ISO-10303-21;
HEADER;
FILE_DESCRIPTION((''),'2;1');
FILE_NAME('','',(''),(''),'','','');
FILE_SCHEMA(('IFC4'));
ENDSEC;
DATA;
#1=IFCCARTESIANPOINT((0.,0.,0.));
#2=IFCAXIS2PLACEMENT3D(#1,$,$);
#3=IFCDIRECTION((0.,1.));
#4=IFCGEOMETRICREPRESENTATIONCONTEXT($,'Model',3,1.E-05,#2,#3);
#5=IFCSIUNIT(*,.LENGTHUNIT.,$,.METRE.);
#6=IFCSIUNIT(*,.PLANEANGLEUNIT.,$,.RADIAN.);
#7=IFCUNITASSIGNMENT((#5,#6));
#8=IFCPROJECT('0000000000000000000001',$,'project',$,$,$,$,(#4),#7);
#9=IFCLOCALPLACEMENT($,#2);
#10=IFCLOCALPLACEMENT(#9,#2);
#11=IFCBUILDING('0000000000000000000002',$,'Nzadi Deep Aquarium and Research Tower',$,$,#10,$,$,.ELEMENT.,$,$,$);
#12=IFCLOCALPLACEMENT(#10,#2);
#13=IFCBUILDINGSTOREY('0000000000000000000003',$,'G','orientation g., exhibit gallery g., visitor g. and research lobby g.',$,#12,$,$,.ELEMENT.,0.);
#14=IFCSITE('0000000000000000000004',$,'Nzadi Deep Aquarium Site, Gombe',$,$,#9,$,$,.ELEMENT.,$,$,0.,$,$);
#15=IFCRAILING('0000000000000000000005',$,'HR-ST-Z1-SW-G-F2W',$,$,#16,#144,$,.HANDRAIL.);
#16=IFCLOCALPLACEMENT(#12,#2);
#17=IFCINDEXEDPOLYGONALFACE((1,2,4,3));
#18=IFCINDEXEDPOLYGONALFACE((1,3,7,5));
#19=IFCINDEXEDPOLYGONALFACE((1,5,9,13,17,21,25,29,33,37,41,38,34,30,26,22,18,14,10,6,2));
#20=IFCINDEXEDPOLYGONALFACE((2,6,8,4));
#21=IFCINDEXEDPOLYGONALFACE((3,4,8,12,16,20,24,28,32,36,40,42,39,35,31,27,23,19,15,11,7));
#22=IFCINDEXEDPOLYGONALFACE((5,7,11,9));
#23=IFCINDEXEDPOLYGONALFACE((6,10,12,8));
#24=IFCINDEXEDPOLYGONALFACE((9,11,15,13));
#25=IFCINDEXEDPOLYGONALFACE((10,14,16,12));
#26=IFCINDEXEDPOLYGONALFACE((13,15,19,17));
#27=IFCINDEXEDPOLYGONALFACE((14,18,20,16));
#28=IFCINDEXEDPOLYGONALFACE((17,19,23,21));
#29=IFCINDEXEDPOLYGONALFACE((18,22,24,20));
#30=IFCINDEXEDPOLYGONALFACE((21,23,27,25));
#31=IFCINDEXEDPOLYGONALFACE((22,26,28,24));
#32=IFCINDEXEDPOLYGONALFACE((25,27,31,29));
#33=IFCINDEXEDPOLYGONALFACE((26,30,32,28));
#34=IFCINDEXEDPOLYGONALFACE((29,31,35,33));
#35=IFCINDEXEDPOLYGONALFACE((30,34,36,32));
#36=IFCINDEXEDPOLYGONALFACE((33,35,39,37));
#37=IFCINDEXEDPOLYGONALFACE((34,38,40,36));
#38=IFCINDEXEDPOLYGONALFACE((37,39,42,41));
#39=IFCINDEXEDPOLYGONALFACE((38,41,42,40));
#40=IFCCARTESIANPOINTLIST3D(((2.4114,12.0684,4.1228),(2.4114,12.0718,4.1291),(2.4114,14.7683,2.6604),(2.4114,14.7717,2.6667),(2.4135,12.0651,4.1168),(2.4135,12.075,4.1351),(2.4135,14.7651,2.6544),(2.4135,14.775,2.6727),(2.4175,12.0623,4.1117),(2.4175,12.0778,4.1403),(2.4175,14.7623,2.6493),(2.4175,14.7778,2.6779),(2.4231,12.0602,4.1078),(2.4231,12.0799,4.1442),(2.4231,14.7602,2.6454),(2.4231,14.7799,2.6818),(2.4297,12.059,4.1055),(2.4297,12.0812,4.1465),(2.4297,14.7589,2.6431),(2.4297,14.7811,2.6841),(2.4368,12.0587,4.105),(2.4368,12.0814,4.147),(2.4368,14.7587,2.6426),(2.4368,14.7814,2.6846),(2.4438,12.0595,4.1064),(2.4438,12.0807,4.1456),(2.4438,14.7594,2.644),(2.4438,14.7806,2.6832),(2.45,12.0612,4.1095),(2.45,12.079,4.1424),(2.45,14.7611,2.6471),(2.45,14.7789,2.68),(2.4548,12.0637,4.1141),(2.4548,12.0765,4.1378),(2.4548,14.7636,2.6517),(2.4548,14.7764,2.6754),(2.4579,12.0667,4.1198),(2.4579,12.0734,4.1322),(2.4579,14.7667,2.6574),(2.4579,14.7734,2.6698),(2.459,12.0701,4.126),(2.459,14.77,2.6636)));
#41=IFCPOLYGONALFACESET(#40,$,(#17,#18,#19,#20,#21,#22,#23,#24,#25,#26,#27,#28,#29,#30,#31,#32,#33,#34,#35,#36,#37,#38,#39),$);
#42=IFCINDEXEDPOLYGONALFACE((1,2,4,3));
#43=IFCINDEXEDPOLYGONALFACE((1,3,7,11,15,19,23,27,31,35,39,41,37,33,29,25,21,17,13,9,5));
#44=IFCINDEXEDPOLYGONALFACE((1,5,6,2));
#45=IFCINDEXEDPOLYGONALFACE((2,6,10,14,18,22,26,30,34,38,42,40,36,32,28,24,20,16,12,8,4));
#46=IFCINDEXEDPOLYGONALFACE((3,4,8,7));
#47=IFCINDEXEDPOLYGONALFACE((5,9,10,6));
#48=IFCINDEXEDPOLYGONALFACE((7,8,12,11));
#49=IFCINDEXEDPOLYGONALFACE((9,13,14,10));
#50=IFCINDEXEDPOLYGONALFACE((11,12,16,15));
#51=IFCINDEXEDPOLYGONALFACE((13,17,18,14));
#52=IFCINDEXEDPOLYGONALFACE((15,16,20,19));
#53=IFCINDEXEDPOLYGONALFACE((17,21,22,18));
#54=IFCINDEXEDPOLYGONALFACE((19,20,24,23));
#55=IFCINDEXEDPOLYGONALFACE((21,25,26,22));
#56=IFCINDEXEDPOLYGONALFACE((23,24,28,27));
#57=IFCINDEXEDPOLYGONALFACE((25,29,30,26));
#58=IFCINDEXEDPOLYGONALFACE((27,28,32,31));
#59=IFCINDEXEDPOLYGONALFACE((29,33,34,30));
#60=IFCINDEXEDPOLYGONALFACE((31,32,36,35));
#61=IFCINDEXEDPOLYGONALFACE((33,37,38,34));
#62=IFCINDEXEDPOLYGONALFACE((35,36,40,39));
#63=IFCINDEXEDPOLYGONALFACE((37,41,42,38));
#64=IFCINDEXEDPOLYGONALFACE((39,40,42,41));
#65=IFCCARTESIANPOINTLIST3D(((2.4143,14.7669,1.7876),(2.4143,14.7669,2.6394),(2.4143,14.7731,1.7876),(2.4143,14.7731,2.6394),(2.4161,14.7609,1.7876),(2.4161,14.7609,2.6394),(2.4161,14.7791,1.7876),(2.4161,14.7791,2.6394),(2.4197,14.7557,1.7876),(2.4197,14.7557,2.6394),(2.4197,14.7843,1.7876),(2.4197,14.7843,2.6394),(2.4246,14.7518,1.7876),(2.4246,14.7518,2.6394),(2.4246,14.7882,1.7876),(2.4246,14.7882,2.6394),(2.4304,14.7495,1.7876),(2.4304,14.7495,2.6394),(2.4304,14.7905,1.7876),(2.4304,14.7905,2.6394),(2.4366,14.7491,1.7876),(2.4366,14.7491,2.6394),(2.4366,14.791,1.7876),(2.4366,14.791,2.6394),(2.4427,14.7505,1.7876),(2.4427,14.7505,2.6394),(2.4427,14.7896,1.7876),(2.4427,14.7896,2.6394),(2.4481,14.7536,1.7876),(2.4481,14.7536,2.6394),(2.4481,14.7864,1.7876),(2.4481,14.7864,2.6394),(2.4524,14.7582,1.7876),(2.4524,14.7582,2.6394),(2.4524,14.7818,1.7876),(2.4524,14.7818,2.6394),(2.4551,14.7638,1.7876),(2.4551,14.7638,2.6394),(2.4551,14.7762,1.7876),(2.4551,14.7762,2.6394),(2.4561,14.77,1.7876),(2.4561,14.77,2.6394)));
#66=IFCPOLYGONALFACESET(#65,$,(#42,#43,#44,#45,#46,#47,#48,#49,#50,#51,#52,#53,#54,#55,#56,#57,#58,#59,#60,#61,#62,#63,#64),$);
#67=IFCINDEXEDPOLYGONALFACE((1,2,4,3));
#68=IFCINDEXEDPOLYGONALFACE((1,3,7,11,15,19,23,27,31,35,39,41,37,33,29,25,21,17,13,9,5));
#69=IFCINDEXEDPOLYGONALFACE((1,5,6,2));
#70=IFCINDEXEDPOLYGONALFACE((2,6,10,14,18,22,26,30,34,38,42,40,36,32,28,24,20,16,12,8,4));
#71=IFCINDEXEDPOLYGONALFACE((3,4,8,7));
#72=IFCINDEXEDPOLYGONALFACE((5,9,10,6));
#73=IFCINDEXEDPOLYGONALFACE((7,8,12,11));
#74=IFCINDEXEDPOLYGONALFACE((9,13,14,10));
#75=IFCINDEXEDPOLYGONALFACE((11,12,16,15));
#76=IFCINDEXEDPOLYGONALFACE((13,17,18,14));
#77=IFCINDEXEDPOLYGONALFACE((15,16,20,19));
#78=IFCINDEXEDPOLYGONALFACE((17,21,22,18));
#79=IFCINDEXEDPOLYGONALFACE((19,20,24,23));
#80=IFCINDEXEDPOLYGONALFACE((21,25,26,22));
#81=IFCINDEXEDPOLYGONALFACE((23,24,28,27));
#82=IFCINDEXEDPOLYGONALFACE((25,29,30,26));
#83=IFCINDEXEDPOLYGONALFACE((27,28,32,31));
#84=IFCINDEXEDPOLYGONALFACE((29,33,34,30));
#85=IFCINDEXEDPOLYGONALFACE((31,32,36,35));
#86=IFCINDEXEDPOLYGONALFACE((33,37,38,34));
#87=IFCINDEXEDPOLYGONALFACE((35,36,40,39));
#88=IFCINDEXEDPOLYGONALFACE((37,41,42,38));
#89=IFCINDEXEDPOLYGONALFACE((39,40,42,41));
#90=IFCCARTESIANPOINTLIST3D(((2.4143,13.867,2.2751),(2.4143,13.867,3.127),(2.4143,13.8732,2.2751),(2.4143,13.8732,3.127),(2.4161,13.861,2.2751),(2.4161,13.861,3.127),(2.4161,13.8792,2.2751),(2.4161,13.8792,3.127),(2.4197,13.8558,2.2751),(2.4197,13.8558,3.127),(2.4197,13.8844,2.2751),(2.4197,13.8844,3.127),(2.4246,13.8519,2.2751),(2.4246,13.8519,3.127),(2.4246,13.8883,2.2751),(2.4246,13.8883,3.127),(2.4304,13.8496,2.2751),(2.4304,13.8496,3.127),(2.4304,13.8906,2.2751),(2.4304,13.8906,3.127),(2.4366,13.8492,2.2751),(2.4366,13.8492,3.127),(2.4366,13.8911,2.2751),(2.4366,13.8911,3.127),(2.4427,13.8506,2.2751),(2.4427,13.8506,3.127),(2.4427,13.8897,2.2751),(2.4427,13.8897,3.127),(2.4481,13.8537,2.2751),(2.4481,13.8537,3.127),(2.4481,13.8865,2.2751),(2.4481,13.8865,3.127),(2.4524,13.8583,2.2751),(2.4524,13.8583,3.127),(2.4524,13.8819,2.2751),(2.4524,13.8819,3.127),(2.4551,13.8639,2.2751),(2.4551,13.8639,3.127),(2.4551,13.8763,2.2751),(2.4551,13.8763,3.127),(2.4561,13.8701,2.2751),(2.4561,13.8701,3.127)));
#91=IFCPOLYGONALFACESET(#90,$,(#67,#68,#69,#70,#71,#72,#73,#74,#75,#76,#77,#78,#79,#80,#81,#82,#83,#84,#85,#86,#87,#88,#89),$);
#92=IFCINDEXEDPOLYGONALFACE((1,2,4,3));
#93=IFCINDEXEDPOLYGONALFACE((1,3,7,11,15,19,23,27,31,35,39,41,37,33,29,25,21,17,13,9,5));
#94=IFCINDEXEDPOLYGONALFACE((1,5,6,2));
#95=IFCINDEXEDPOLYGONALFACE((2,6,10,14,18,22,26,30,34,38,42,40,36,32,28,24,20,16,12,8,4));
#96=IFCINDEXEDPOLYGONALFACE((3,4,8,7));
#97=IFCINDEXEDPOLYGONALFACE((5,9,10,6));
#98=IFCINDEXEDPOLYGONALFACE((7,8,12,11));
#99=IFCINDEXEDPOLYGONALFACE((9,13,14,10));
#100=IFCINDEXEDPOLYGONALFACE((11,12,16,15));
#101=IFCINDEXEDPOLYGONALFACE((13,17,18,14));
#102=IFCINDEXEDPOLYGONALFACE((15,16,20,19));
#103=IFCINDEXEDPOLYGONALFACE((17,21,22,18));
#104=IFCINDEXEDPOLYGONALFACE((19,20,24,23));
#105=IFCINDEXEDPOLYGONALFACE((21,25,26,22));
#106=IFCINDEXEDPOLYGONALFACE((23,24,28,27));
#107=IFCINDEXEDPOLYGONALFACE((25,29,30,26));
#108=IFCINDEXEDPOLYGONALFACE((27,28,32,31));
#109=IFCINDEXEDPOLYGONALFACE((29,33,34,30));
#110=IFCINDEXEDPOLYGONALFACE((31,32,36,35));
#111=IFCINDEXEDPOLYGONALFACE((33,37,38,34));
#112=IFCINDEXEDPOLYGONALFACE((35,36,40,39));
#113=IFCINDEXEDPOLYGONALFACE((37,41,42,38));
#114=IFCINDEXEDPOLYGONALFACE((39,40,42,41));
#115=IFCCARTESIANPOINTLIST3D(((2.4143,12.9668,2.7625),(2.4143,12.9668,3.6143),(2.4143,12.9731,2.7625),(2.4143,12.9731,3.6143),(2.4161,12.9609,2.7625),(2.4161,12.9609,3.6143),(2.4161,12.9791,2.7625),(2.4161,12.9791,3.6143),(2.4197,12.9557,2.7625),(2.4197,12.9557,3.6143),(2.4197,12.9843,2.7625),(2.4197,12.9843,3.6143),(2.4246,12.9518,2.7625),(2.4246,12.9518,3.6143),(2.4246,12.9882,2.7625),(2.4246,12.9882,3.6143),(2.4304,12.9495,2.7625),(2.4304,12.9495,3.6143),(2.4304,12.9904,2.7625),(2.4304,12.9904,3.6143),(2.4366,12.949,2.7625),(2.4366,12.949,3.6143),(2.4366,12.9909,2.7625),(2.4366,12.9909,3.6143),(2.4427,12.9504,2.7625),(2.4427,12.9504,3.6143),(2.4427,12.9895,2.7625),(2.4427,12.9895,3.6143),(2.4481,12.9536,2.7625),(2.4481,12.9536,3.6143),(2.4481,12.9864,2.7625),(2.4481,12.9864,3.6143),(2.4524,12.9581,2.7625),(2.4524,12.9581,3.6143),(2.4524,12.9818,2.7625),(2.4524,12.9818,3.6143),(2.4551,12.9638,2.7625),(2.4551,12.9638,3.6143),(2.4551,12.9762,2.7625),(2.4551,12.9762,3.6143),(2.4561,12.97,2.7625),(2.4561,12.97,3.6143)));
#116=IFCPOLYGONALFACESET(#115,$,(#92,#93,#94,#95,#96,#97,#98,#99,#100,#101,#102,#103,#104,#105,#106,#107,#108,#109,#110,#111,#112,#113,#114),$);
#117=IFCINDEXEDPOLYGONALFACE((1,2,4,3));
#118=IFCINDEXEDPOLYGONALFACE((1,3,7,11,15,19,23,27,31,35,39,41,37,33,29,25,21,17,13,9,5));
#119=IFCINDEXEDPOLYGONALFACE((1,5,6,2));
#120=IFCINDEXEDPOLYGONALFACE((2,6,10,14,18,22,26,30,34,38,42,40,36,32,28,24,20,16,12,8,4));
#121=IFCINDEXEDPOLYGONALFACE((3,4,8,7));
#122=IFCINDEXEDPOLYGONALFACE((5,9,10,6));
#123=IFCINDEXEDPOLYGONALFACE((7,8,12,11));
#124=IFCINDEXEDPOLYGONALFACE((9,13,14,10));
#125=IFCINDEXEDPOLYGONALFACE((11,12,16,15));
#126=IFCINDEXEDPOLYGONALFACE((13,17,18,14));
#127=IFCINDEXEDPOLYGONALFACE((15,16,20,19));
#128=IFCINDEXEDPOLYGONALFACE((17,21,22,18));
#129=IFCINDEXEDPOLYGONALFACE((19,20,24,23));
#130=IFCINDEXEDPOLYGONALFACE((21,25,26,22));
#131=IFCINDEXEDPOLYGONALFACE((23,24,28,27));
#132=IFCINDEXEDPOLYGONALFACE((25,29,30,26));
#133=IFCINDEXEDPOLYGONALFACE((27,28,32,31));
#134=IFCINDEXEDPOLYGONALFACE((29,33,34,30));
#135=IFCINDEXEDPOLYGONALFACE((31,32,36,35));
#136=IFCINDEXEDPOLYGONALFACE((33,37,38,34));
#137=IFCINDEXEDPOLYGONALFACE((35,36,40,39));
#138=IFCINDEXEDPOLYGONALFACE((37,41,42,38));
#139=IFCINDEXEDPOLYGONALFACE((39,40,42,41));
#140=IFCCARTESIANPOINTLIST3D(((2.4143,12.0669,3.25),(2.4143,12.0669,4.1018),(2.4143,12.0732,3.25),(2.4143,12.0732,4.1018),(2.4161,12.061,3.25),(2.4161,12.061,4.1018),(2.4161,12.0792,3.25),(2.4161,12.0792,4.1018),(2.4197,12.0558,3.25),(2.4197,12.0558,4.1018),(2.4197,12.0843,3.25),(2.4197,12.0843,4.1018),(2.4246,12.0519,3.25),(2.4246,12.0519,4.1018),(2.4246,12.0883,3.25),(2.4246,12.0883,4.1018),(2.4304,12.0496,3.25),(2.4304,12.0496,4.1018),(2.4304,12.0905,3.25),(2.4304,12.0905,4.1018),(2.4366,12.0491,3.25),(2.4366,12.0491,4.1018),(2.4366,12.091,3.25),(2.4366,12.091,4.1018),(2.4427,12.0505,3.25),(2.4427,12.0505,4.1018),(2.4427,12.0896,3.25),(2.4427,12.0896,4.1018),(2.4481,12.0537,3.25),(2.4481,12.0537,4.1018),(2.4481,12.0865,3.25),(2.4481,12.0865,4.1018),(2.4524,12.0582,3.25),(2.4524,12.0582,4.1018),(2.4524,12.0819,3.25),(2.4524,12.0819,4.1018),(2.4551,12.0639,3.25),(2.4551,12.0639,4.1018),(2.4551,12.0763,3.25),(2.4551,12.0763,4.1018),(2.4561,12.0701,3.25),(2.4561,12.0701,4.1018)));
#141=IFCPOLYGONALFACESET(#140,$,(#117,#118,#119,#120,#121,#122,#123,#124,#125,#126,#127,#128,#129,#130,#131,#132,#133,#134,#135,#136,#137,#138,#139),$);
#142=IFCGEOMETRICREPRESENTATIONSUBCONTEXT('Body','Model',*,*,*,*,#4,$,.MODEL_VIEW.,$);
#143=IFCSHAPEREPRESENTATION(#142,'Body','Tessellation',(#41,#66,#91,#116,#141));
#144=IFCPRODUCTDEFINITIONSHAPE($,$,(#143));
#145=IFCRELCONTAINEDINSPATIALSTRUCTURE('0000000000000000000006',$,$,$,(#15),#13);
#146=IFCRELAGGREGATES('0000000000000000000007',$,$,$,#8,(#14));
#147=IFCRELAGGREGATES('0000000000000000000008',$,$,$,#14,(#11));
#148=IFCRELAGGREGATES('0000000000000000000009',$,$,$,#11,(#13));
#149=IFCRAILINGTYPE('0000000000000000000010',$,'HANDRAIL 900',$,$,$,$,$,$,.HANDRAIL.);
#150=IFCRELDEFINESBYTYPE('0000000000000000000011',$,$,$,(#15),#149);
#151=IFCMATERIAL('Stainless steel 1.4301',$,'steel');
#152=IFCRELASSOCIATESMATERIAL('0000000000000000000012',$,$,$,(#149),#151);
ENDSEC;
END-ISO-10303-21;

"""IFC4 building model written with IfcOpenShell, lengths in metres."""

from ifc_helpers import new_model, si_unit, direction, frame, origin, origin_2d, place, context, subcontext, project, spatial, circle, extrude, material, type_object, element, save


model = new_model("IFC4")

# Units and contexts
model_context = context("Model", 3, precision=1e-05, world=origin(), true_north=direction((0.0, 1.0)))
body_context = subcontext(model_context, "Body", "Model", "MODEL_VIEW")
ifc_project = project(units=[si_unit("LENGTHUNIT", "METRE"), si_unit("PLANEANGLEUNIT", "RADIAN")], contexts=[model_context])

# Site, building, storey
site_placement = place(None, origin())
site = spatial("IfcSite", under=ifc_project, at=site_placement, Name="Nzadi Deep Aquarium Site, Gombe", CompositionType="ELEMENT", RefElevation=0.0)
building_placement = place(site_placement, origin())
building = spatial("IfcBuilding", under=site, at=building_placement, Name="Nzadi Deep Aquarium and Research Tower", CompositionType="ELEMENT")
storey_placement = place(building_placement, origin())
storey = spatial("IfcBuildingStorey", under=building, at=storey_placement, Name="G", Description="orientation g., exhibit gallery g., visitor g. and research lobby g.", CompositionType="ELEMENT", Elevation=0.0)

# Railing
ifc_material_1 = material(Name="Stainless steel 1.4301", Category="steel")
railing_type = type_object("IfcRailingType", Name="HANDRAIL 900", PredefinedType="HANDRAIL", material=ifc_material_1)
for number, where, name in (
    (1, (2.4351, 14.77, 1.7876), "HR-ST-Z1-SW-G-F2W"),
):
    element("IfcRailing", number, at=place(storey_placement, frame(where)), inside=storey, type_object=railing_type, Name=name, PredefinedType="HANDRAIL", context=body_context, shape_type="SweptSolid", body=[
        extrude(circle(Radius=0.0239, at=origin_2d()), frame((0.0, 0.0, 0.876), z_axis=(0.0, -0.879302, 0.476265), x_axis=(1.0, 0.0, 0.0)), (0.0, 0.0, 1.0), 3.0706),
        extrude(circle(Radius=0.021, at=origin_2d()), origin(), (0.0, 0.0, 1.0), 0.8518),
        extrude(circle(Radius=0.021, at=origin_2d()), frame((0.0, -0.8999, 0.4875)), (0.0, 0.0, 1.0), 0.8518),
        extrude(circle(Radius=0.021, at=origin_2d()), frame((0.0, -1.8, 0.9749)), (0.0, 0.0, 1.0), 0.8518),
        extrude(circle(Radius=0.021, at=origin_2d()), frame((0.0, -2.7, 1.4624)), (0.0, 0.0, 1.0), 0.8518),
    ])

save(model, "model.ifc")
